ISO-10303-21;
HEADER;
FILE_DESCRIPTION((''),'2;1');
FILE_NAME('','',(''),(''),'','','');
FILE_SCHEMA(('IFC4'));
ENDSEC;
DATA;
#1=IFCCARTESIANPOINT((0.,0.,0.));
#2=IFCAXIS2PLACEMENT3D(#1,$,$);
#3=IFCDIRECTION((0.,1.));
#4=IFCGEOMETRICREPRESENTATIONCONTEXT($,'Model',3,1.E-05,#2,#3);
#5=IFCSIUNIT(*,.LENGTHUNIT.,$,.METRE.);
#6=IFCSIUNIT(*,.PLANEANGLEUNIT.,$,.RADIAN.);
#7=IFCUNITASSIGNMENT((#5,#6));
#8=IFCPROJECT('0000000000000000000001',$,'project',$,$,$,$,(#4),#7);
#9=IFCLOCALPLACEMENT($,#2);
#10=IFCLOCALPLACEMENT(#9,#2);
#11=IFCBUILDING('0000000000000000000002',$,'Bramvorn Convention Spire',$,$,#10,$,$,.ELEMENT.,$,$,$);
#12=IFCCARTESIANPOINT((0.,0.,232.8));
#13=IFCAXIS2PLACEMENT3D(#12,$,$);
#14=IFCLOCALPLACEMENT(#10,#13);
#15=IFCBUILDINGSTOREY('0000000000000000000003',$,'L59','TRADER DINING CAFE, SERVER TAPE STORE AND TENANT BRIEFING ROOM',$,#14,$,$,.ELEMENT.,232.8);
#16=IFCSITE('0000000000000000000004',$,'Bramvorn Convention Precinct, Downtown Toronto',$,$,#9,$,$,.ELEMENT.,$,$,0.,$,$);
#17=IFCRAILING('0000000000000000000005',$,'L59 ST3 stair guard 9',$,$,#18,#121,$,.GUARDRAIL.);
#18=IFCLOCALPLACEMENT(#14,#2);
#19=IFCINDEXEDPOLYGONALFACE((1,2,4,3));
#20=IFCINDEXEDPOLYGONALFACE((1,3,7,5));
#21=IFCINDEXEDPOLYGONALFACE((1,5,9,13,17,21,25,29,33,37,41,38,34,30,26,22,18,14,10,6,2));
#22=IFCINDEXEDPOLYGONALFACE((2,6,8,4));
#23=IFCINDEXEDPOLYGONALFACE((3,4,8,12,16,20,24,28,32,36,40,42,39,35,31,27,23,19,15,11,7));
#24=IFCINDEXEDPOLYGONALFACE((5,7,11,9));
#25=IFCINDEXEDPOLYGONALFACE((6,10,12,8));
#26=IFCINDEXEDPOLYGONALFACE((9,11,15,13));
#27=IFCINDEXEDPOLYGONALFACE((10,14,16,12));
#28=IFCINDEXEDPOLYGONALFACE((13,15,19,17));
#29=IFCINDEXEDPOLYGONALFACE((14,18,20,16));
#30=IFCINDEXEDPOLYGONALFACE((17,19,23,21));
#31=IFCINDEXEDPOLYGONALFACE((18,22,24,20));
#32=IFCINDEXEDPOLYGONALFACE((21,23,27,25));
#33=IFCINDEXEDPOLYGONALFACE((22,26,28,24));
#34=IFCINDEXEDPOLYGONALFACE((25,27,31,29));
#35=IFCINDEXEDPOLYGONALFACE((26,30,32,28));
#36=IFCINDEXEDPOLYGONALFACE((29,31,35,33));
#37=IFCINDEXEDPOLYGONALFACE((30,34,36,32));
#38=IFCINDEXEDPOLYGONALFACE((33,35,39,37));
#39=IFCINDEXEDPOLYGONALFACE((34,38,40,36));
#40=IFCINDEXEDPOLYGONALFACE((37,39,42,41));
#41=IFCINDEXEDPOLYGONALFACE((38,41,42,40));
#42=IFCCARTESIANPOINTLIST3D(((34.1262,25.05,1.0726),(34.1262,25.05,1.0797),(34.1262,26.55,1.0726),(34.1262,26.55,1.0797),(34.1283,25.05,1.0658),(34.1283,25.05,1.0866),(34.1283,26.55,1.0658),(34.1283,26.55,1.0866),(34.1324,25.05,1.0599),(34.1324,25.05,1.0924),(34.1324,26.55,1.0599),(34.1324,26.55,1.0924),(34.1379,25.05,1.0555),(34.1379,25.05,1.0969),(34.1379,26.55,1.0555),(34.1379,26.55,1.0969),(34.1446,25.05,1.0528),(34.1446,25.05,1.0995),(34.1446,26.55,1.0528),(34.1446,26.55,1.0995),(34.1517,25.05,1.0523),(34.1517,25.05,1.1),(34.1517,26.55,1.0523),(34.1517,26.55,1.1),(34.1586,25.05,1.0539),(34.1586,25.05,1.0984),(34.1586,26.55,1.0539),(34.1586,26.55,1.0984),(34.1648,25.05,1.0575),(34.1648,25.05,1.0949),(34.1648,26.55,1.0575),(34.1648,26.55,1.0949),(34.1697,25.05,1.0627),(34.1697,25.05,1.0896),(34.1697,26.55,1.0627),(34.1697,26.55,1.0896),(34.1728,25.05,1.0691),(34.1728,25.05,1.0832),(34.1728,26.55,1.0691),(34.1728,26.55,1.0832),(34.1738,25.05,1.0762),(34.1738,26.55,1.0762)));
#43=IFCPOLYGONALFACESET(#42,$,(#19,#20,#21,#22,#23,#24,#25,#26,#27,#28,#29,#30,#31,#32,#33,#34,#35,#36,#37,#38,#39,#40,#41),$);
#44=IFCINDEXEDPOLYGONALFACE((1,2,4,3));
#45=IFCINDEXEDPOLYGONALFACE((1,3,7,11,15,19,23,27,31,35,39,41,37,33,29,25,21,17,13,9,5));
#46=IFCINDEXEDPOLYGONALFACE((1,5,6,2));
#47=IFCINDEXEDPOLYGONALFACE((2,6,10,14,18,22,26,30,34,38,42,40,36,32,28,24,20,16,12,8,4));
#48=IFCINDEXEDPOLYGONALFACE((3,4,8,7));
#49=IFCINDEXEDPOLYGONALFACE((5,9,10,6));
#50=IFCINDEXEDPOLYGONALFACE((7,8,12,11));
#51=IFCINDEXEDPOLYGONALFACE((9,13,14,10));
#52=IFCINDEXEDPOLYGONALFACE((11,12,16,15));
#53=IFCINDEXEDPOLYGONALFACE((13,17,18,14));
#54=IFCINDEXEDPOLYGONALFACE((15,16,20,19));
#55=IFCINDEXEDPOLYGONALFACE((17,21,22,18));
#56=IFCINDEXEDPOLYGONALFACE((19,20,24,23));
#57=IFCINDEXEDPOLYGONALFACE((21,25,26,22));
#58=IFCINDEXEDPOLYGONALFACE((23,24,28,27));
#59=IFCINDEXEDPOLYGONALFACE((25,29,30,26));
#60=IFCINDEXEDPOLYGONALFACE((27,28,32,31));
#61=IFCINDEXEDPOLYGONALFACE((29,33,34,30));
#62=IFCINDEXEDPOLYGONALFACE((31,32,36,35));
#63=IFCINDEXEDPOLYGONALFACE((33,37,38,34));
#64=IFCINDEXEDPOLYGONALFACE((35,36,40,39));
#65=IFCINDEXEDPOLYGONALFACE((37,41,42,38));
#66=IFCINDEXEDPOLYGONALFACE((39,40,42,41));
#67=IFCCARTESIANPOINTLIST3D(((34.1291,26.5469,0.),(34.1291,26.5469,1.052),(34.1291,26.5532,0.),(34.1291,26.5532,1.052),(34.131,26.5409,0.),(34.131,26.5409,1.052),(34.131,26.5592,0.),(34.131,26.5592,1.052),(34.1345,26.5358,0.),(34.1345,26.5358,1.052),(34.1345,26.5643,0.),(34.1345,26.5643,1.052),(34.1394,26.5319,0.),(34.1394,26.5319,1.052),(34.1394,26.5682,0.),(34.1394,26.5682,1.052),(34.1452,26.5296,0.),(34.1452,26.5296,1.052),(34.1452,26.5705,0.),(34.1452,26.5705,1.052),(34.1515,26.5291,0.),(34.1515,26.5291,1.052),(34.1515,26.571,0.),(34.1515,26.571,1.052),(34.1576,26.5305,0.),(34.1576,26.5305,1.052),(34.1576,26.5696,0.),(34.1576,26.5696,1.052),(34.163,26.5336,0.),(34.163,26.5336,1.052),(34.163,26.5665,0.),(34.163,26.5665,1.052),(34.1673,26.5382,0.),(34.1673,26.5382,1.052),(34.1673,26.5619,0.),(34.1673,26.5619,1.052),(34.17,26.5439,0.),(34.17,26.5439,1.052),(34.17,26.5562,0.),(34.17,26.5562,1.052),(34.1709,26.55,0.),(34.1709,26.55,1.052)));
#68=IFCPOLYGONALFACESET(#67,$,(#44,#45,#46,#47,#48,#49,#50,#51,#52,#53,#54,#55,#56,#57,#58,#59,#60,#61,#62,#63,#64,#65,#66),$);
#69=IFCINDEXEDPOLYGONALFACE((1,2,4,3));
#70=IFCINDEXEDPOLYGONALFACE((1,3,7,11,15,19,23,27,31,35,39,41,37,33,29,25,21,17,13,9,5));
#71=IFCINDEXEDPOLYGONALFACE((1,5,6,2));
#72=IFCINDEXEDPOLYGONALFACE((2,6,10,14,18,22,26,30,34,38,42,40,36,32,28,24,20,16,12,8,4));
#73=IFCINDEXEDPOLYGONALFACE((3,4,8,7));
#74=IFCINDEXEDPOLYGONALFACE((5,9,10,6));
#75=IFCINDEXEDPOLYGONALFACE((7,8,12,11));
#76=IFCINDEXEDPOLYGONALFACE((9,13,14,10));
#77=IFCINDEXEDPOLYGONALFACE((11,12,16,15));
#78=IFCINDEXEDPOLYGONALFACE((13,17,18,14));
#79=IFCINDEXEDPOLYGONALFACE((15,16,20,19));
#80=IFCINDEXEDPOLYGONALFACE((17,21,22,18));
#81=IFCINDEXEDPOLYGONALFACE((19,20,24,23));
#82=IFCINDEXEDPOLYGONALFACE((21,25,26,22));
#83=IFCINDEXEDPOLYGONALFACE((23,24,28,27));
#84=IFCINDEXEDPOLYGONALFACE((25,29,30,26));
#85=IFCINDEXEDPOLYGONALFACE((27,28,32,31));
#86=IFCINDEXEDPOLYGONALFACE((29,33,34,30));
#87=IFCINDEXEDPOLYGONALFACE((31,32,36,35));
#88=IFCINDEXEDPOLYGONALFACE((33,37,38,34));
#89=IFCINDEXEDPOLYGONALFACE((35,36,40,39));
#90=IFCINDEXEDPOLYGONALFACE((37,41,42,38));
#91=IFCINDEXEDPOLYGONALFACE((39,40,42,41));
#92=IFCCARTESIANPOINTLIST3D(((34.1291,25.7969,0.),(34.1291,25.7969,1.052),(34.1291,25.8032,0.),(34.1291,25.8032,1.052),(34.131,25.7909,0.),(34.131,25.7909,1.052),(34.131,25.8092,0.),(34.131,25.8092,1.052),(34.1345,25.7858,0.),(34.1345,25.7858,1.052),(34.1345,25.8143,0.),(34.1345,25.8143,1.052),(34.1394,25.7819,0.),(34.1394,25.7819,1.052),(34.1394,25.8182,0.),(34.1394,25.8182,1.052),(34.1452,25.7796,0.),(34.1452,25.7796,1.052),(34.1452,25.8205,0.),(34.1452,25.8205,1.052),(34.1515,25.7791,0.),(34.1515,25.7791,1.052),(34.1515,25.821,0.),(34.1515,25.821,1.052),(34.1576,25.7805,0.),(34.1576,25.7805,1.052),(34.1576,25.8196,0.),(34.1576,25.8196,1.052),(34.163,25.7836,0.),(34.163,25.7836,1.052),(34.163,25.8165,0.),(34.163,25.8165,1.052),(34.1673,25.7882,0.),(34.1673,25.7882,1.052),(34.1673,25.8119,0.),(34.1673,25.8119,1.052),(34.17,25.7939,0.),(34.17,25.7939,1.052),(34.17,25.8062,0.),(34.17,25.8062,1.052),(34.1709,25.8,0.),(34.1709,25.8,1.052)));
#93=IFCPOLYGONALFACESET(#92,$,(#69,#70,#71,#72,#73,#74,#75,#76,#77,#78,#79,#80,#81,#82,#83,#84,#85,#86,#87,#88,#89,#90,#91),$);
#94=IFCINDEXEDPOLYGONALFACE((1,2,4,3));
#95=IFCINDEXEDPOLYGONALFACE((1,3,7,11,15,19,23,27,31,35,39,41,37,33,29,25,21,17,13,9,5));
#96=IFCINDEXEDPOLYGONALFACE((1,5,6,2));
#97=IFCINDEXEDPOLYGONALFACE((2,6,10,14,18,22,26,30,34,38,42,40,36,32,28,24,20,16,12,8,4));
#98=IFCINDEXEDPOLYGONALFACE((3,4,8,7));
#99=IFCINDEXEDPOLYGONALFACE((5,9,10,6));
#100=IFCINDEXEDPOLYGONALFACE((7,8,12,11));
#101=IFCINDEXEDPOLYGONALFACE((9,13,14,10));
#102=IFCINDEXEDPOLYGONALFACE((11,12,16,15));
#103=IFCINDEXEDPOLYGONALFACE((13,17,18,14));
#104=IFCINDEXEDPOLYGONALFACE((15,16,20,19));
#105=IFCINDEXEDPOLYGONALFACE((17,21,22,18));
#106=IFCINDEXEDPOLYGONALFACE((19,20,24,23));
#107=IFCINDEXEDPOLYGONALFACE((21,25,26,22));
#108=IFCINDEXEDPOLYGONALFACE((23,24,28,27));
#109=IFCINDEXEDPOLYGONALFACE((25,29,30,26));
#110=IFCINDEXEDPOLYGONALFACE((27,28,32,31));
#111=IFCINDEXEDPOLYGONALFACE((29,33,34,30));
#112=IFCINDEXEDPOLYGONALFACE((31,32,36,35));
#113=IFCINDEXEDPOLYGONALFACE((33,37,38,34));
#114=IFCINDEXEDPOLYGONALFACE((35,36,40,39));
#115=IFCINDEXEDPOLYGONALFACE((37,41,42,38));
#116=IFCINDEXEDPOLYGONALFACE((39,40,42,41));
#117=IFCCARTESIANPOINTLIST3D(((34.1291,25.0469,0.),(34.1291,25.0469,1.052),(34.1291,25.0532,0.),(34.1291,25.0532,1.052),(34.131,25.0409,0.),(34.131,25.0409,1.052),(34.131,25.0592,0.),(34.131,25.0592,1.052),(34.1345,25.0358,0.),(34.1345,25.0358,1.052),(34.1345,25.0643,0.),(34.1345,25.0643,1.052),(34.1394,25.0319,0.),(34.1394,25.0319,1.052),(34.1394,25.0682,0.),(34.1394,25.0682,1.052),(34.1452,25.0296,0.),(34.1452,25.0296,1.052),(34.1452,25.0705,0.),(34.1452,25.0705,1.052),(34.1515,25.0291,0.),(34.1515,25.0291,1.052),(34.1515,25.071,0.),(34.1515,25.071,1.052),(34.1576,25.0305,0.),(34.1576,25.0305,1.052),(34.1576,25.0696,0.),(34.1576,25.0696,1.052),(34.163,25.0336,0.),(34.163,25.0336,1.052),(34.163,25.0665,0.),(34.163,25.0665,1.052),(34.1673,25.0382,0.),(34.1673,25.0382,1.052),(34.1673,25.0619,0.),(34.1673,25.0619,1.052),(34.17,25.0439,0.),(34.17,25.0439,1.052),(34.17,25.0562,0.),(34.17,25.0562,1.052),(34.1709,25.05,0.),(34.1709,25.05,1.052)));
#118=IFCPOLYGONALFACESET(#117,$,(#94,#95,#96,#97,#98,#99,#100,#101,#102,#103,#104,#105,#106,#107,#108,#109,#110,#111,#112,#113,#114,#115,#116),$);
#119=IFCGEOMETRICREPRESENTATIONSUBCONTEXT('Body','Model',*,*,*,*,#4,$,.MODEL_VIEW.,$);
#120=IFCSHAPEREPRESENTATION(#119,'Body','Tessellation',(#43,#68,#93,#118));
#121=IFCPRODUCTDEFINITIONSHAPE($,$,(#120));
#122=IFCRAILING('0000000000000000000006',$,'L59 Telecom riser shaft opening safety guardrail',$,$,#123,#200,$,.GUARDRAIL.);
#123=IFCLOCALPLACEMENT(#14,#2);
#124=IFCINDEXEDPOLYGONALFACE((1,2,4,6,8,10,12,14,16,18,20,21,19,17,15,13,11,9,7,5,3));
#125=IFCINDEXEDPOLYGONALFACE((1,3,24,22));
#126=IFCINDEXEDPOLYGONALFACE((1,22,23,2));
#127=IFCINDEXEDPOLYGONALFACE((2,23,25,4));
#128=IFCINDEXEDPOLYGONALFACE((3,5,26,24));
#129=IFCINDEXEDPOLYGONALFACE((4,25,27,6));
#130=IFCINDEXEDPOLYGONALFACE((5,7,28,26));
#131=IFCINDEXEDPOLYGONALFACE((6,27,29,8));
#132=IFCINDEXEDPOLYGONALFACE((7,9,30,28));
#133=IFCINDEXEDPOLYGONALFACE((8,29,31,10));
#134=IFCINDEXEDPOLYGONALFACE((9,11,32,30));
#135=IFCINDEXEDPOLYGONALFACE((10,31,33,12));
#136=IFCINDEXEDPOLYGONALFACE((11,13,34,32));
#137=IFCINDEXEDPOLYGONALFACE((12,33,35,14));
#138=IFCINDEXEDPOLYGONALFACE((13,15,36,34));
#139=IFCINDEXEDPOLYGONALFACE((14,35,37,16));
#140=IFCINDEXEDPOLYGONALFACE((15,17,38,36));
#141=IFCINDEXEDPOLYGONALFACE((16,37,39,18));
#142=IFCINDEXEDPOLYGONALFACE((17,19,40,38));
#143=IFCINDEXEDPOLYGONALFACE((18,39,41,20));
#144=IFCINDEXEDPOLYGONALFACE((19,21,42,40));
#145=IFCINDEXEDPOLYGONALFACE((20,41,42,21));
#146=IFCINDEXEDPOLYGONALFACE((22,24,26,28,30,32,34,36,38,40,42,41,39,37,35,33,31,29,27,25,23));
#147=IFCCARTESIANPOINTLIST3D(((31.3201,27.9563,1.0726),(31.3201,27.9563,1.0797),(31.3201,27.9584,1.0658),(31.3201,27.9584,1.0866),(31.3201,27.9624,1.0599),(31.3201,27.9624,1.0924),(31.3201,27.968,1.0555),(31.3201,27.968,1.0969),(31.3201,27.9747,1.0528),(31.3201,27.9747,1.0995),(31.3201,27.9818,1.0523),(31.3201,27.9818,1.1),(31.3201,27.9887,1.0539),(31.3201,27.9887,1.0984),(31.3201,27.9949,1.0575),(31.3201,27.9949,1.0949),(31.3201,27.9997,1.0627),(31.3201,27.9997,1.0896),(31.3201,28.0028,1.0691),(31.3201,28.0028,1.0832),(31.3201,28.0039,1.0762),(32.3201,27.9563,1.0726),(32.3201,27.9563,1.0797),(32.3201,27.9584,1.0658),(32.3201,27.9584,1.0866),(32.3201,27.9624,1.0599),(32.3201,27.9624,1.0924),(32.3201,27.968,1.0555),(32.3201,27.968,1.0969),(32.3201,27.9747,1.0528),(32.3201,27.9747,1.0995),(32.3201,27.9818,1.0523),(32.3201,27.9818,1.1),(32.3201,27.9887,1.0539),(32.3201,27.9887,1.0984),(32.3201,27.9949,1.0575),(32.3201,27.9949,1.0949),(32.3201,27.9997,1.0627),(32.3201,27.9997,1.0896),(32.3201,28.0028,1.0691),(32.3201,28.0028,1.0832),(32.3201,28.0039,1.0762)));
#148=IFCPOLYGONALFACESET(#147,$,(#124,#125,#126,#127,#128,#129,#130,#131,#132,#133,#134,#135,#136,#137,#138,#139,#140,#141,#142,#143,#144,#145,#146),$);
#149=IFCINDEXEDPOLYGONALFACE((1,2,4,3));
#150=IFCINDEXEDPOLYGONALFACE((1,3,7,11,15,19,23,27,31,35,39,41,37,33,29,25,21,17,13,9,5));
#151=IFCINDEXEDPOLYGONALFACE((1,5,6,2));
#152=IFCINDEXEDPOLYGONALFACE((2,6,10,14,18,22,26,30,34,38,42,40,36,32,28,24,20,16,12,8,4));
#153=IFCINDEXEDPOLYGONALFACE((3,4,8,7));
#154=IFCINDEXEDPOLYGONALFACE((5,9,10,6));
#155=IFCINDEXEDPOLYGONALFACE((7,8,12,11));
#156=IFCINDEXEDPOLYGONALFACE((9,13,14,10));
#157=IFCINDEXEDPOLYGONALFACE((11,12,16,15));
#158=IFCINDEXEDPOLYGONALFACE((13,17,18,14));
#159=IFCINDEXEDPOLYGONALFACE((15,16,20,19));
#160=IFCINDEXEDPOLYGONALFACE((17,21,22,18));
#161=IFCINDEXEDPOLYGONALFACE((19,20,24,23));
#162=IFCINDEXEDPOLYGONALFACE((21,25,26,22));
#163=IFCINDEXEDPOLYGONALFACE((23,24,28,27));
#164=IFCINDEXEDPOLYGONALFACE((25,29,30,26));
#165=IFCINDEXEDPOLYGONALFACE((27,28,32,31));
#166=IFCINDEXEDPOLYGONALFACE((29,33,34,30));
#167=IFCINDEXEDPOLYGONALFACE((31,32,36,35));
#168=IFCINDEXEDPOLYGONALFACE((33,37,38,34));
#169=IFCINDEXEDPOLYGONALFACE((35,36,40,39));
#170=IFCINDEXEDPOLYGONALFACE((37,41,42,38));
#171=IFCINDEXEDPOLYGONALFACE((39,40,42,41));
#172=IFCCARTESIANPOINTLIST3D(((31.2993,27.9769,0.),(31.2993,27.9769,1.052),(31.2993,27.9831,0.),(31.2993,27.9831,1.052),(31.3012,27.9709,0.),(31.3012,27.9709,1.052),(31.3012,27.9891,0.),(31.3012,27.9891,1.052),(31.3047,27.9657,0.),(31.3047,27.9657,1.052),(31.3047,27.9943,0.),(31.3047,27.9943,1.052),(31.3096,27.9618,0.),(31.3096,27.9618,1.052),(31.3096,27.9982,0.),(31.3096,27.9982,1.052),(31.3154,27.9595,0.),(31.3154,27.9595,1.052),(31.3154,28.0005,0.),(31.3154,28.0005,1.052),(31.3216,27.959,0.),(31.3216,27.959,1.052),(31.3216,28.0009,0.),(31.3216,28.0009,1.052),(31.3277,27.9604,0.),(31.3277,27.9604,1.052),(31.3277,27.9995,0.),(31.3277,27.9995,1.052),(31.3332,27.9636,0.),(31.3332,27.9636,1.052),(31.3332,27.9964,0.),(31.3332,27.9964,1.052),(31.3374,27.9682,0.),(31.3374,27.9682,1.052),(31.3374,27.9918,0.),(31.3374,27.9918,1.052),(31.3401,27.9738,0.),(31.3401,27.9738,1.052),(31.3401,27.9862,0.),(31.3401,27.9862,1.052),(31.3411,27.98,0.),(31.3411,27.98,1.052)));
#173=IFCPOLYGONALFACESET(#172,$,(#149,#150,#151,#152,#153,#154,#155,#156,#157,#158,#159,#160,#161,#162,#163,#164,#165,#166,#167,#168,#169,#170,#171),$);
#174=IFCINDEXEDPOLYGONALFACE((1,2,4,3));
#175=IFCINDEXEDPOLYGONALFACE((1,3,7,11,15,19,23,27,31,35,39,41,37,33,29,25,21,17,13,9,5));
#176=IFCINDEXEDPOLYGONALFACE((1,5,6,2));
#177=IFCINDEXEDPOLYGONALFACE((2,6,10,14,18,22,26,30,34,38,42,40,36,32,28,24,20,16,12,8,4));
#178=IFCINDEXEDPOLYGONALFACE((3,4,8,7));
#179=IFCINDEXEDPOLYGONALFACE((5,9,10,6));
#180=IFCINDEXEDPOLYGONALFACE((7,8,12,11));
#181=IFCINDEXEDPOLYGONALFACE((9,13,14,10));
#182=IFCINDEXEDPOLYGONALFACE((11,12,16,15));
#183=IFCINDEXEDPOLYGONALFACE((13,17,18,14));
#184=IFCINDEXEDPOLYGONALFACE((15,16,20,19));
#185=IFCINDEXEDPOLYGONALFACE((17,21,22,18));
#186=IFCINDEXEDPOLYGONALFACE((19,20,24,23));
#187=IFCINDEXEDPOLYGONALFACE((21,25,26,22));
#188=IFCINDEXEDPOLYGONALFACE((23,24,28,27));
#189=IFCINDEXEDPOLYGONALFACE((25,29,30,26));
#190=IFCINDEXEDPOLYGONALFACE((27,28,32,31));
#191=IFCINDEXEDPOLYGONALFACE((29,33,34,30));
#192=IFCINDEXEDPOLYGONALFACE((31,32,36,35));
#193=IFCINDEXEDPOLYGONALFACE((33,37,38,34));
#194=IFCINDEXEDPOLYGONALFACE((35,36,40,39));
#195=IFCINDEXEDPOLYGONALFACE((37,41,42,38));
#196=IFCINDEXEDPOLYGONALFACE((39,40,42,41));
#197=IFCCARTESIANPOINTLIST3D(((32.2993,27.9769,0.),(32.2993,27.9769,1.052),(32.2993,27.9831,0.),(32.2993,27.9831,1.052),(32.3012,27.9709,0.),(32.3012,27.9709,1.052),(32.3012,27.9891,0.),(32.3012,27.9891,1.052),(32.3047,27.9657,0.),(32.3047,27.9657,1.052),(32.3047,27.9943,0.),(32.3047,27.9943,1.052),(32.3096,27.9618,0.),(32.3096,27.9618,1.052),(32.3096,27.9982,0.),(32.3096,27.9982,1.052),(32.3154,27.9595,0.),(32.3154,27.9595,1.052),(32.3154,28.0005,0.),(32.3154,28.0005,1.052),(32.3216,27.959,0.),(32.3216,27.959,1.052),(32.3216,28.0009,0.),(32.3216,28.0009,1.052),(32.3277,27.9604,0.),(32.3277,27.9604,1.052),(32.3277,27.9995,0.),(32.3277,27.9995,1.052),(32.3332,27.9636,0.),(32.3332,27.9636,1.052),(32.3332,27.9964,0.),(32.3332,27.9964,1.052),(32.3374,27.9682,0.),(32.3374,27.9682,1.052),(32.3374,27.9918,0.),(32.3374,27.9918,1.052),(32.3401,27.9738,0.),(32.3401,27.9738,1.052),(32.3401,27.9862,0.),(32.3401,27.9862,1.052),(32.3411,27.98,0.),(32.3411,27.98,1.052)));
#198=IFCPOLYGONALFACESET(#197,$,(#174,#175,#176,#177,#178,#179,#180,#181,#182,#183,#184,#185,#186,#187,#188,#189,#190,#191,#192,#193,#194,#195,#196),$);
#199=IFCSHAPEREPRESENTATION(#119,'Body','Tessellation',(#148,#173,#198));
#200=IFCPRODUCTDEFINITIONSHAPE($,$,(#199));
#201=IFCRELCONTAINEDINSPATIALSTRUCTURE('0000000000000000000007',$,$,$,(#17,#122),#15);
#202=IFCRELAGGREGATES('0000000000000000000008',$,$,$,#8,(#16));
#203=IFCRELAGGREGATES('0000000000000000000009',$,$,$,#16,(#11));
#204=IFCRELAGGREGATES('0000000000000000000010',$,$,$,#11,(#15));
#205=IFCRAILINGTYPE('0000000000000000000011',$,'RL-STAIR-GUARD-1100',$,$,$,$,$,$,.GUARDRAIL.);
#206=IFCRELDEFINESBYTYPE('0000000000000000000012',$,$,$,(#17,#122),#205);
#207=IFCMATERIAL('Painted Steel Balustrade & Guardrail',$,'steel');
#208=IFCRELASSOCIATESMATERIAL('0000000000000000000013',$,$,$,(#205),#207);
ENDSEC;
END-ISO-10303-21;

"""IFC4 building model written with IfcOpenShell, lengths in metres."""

from ifc_helpers import new_model, si_unit, direction, frame, origin, origin_2d, place, context, subcontext, project, spatial, circle, extrude, material, type_object, element, save


model = new_model("IFC4")

# Units and contexts
model_context = context("Model", 3, precision=1e-05, world=origin(), true_north=direction((0.0, 1.0)))
body_context = subcontext(model_context, "Body", "Model", "MODEL_VIEW")
ifc_project = project(units=[si_unit("LENGTHUNIT", "METRE"), si_unit("PLANEANGLEUNIT", "RADIAN")], contexts=[model_context])

# Site, building, storey
site_placement = place(None, origin())
site = spatial("IfcSite", under=ifc_project, at=site_placement, Name="Bramvorn Convention Precinct, Downtown Toronto", CompositionType="ELEMENT", RefElevation=0.0)
building_placement = place(site_placement, origin())
building = spatial("IfcBuilding", under=site, at=building_placement, Name="Bramvorn Convention Spire", CompositionType="ELEMENT")
storey_placement = place(building_placement, frame((0.0, 0.0, 232.8)))
storey = spatial("IfcBuildingStorey", under=building, at=storey_placement, Name="L59", Description="TRADER DINING CAFE, SERVER TAPE STORE AND TENANT BRIEFING ROOM", CompositionType="ELEMENT", Elevation=232.8)

# Railings
ifc_material_1 = material(Name="Painted Steel Balustrade & Guardrail", Category="steel")
railing_type_1 = type_object("IfcRailingType", Name="RL-STAIR-GUARD-1100", PredefinedType="GUARDRAIL", material=ifc_material_1)
for number, where, name in (
    (1, (34.1499, 26.55, 0.0), "L59 ST3 stair guard 9"),
):
    element("IfcRailing", number, at=place(storey_placement, frame(where)), inside=storey, type_object=railing_type_1, Name=name, PredefinedType="GUARDRAIL", context=body_context, shape_type="SweptSolid", body=[
        extrude(circle(Radius=0.0239, at=origin_2d()), frame((0.0, 0.0, 1.0762), z_axis=(0.0, -1.0, 0.0), x_axis=(1.0, 0.0, 0.0)), (0.0, 0.0, 1.0), 1.5),
        extrude(circle(Radius=0.021, at=origin_2d()), origin(), (0.0, 0.0, 1.0), 1.052),
        extrude(circle(Radius=0.021, at=origin_2d()), frame((0.0, -0.75, 0.0)), (0.0, 0.0, 1.0), 1.052),
        extrude(circle(Radius=0.021, at=origin_2d()), frame((0.0, -1.5, 0.0)), (0.0, 0.0, 1.0), 1.052),
    ])
railing_1_placement = place(storey_placement, frame((31.3201, 27.98, 0.0)))
element("IfcRailing", 2, at=railing_1_placement, inside=storey, type_object=railing_type_1, Name="L59 Telecom riser shaft opening safety guardrail", PredefinedType="GUARDRAIL", context=body_context, shape_type="SweptSolid", body=[
    extrude(circle(Radius=0.0239, at=origin_2d()), frame((0.0, 0.0, 1.0762), z_axis=(1.0, 0.0, 0.0), x_axis=(0.0, 1.0, 0.0)), (0.0, 0.0, 1.0), 1.0),
    extrude(circle(Radius=0.021, at=origin_2d()), origin(), (0.0, 0.0, 1.0), 1.052),
    extrude(circle(Radius=0.021, at=origin_2d()), frame((1.0, 0.0, 0.0)), (0.0, 0.0, 1.0), 1.052),
])

save(model, "model.ifc")
